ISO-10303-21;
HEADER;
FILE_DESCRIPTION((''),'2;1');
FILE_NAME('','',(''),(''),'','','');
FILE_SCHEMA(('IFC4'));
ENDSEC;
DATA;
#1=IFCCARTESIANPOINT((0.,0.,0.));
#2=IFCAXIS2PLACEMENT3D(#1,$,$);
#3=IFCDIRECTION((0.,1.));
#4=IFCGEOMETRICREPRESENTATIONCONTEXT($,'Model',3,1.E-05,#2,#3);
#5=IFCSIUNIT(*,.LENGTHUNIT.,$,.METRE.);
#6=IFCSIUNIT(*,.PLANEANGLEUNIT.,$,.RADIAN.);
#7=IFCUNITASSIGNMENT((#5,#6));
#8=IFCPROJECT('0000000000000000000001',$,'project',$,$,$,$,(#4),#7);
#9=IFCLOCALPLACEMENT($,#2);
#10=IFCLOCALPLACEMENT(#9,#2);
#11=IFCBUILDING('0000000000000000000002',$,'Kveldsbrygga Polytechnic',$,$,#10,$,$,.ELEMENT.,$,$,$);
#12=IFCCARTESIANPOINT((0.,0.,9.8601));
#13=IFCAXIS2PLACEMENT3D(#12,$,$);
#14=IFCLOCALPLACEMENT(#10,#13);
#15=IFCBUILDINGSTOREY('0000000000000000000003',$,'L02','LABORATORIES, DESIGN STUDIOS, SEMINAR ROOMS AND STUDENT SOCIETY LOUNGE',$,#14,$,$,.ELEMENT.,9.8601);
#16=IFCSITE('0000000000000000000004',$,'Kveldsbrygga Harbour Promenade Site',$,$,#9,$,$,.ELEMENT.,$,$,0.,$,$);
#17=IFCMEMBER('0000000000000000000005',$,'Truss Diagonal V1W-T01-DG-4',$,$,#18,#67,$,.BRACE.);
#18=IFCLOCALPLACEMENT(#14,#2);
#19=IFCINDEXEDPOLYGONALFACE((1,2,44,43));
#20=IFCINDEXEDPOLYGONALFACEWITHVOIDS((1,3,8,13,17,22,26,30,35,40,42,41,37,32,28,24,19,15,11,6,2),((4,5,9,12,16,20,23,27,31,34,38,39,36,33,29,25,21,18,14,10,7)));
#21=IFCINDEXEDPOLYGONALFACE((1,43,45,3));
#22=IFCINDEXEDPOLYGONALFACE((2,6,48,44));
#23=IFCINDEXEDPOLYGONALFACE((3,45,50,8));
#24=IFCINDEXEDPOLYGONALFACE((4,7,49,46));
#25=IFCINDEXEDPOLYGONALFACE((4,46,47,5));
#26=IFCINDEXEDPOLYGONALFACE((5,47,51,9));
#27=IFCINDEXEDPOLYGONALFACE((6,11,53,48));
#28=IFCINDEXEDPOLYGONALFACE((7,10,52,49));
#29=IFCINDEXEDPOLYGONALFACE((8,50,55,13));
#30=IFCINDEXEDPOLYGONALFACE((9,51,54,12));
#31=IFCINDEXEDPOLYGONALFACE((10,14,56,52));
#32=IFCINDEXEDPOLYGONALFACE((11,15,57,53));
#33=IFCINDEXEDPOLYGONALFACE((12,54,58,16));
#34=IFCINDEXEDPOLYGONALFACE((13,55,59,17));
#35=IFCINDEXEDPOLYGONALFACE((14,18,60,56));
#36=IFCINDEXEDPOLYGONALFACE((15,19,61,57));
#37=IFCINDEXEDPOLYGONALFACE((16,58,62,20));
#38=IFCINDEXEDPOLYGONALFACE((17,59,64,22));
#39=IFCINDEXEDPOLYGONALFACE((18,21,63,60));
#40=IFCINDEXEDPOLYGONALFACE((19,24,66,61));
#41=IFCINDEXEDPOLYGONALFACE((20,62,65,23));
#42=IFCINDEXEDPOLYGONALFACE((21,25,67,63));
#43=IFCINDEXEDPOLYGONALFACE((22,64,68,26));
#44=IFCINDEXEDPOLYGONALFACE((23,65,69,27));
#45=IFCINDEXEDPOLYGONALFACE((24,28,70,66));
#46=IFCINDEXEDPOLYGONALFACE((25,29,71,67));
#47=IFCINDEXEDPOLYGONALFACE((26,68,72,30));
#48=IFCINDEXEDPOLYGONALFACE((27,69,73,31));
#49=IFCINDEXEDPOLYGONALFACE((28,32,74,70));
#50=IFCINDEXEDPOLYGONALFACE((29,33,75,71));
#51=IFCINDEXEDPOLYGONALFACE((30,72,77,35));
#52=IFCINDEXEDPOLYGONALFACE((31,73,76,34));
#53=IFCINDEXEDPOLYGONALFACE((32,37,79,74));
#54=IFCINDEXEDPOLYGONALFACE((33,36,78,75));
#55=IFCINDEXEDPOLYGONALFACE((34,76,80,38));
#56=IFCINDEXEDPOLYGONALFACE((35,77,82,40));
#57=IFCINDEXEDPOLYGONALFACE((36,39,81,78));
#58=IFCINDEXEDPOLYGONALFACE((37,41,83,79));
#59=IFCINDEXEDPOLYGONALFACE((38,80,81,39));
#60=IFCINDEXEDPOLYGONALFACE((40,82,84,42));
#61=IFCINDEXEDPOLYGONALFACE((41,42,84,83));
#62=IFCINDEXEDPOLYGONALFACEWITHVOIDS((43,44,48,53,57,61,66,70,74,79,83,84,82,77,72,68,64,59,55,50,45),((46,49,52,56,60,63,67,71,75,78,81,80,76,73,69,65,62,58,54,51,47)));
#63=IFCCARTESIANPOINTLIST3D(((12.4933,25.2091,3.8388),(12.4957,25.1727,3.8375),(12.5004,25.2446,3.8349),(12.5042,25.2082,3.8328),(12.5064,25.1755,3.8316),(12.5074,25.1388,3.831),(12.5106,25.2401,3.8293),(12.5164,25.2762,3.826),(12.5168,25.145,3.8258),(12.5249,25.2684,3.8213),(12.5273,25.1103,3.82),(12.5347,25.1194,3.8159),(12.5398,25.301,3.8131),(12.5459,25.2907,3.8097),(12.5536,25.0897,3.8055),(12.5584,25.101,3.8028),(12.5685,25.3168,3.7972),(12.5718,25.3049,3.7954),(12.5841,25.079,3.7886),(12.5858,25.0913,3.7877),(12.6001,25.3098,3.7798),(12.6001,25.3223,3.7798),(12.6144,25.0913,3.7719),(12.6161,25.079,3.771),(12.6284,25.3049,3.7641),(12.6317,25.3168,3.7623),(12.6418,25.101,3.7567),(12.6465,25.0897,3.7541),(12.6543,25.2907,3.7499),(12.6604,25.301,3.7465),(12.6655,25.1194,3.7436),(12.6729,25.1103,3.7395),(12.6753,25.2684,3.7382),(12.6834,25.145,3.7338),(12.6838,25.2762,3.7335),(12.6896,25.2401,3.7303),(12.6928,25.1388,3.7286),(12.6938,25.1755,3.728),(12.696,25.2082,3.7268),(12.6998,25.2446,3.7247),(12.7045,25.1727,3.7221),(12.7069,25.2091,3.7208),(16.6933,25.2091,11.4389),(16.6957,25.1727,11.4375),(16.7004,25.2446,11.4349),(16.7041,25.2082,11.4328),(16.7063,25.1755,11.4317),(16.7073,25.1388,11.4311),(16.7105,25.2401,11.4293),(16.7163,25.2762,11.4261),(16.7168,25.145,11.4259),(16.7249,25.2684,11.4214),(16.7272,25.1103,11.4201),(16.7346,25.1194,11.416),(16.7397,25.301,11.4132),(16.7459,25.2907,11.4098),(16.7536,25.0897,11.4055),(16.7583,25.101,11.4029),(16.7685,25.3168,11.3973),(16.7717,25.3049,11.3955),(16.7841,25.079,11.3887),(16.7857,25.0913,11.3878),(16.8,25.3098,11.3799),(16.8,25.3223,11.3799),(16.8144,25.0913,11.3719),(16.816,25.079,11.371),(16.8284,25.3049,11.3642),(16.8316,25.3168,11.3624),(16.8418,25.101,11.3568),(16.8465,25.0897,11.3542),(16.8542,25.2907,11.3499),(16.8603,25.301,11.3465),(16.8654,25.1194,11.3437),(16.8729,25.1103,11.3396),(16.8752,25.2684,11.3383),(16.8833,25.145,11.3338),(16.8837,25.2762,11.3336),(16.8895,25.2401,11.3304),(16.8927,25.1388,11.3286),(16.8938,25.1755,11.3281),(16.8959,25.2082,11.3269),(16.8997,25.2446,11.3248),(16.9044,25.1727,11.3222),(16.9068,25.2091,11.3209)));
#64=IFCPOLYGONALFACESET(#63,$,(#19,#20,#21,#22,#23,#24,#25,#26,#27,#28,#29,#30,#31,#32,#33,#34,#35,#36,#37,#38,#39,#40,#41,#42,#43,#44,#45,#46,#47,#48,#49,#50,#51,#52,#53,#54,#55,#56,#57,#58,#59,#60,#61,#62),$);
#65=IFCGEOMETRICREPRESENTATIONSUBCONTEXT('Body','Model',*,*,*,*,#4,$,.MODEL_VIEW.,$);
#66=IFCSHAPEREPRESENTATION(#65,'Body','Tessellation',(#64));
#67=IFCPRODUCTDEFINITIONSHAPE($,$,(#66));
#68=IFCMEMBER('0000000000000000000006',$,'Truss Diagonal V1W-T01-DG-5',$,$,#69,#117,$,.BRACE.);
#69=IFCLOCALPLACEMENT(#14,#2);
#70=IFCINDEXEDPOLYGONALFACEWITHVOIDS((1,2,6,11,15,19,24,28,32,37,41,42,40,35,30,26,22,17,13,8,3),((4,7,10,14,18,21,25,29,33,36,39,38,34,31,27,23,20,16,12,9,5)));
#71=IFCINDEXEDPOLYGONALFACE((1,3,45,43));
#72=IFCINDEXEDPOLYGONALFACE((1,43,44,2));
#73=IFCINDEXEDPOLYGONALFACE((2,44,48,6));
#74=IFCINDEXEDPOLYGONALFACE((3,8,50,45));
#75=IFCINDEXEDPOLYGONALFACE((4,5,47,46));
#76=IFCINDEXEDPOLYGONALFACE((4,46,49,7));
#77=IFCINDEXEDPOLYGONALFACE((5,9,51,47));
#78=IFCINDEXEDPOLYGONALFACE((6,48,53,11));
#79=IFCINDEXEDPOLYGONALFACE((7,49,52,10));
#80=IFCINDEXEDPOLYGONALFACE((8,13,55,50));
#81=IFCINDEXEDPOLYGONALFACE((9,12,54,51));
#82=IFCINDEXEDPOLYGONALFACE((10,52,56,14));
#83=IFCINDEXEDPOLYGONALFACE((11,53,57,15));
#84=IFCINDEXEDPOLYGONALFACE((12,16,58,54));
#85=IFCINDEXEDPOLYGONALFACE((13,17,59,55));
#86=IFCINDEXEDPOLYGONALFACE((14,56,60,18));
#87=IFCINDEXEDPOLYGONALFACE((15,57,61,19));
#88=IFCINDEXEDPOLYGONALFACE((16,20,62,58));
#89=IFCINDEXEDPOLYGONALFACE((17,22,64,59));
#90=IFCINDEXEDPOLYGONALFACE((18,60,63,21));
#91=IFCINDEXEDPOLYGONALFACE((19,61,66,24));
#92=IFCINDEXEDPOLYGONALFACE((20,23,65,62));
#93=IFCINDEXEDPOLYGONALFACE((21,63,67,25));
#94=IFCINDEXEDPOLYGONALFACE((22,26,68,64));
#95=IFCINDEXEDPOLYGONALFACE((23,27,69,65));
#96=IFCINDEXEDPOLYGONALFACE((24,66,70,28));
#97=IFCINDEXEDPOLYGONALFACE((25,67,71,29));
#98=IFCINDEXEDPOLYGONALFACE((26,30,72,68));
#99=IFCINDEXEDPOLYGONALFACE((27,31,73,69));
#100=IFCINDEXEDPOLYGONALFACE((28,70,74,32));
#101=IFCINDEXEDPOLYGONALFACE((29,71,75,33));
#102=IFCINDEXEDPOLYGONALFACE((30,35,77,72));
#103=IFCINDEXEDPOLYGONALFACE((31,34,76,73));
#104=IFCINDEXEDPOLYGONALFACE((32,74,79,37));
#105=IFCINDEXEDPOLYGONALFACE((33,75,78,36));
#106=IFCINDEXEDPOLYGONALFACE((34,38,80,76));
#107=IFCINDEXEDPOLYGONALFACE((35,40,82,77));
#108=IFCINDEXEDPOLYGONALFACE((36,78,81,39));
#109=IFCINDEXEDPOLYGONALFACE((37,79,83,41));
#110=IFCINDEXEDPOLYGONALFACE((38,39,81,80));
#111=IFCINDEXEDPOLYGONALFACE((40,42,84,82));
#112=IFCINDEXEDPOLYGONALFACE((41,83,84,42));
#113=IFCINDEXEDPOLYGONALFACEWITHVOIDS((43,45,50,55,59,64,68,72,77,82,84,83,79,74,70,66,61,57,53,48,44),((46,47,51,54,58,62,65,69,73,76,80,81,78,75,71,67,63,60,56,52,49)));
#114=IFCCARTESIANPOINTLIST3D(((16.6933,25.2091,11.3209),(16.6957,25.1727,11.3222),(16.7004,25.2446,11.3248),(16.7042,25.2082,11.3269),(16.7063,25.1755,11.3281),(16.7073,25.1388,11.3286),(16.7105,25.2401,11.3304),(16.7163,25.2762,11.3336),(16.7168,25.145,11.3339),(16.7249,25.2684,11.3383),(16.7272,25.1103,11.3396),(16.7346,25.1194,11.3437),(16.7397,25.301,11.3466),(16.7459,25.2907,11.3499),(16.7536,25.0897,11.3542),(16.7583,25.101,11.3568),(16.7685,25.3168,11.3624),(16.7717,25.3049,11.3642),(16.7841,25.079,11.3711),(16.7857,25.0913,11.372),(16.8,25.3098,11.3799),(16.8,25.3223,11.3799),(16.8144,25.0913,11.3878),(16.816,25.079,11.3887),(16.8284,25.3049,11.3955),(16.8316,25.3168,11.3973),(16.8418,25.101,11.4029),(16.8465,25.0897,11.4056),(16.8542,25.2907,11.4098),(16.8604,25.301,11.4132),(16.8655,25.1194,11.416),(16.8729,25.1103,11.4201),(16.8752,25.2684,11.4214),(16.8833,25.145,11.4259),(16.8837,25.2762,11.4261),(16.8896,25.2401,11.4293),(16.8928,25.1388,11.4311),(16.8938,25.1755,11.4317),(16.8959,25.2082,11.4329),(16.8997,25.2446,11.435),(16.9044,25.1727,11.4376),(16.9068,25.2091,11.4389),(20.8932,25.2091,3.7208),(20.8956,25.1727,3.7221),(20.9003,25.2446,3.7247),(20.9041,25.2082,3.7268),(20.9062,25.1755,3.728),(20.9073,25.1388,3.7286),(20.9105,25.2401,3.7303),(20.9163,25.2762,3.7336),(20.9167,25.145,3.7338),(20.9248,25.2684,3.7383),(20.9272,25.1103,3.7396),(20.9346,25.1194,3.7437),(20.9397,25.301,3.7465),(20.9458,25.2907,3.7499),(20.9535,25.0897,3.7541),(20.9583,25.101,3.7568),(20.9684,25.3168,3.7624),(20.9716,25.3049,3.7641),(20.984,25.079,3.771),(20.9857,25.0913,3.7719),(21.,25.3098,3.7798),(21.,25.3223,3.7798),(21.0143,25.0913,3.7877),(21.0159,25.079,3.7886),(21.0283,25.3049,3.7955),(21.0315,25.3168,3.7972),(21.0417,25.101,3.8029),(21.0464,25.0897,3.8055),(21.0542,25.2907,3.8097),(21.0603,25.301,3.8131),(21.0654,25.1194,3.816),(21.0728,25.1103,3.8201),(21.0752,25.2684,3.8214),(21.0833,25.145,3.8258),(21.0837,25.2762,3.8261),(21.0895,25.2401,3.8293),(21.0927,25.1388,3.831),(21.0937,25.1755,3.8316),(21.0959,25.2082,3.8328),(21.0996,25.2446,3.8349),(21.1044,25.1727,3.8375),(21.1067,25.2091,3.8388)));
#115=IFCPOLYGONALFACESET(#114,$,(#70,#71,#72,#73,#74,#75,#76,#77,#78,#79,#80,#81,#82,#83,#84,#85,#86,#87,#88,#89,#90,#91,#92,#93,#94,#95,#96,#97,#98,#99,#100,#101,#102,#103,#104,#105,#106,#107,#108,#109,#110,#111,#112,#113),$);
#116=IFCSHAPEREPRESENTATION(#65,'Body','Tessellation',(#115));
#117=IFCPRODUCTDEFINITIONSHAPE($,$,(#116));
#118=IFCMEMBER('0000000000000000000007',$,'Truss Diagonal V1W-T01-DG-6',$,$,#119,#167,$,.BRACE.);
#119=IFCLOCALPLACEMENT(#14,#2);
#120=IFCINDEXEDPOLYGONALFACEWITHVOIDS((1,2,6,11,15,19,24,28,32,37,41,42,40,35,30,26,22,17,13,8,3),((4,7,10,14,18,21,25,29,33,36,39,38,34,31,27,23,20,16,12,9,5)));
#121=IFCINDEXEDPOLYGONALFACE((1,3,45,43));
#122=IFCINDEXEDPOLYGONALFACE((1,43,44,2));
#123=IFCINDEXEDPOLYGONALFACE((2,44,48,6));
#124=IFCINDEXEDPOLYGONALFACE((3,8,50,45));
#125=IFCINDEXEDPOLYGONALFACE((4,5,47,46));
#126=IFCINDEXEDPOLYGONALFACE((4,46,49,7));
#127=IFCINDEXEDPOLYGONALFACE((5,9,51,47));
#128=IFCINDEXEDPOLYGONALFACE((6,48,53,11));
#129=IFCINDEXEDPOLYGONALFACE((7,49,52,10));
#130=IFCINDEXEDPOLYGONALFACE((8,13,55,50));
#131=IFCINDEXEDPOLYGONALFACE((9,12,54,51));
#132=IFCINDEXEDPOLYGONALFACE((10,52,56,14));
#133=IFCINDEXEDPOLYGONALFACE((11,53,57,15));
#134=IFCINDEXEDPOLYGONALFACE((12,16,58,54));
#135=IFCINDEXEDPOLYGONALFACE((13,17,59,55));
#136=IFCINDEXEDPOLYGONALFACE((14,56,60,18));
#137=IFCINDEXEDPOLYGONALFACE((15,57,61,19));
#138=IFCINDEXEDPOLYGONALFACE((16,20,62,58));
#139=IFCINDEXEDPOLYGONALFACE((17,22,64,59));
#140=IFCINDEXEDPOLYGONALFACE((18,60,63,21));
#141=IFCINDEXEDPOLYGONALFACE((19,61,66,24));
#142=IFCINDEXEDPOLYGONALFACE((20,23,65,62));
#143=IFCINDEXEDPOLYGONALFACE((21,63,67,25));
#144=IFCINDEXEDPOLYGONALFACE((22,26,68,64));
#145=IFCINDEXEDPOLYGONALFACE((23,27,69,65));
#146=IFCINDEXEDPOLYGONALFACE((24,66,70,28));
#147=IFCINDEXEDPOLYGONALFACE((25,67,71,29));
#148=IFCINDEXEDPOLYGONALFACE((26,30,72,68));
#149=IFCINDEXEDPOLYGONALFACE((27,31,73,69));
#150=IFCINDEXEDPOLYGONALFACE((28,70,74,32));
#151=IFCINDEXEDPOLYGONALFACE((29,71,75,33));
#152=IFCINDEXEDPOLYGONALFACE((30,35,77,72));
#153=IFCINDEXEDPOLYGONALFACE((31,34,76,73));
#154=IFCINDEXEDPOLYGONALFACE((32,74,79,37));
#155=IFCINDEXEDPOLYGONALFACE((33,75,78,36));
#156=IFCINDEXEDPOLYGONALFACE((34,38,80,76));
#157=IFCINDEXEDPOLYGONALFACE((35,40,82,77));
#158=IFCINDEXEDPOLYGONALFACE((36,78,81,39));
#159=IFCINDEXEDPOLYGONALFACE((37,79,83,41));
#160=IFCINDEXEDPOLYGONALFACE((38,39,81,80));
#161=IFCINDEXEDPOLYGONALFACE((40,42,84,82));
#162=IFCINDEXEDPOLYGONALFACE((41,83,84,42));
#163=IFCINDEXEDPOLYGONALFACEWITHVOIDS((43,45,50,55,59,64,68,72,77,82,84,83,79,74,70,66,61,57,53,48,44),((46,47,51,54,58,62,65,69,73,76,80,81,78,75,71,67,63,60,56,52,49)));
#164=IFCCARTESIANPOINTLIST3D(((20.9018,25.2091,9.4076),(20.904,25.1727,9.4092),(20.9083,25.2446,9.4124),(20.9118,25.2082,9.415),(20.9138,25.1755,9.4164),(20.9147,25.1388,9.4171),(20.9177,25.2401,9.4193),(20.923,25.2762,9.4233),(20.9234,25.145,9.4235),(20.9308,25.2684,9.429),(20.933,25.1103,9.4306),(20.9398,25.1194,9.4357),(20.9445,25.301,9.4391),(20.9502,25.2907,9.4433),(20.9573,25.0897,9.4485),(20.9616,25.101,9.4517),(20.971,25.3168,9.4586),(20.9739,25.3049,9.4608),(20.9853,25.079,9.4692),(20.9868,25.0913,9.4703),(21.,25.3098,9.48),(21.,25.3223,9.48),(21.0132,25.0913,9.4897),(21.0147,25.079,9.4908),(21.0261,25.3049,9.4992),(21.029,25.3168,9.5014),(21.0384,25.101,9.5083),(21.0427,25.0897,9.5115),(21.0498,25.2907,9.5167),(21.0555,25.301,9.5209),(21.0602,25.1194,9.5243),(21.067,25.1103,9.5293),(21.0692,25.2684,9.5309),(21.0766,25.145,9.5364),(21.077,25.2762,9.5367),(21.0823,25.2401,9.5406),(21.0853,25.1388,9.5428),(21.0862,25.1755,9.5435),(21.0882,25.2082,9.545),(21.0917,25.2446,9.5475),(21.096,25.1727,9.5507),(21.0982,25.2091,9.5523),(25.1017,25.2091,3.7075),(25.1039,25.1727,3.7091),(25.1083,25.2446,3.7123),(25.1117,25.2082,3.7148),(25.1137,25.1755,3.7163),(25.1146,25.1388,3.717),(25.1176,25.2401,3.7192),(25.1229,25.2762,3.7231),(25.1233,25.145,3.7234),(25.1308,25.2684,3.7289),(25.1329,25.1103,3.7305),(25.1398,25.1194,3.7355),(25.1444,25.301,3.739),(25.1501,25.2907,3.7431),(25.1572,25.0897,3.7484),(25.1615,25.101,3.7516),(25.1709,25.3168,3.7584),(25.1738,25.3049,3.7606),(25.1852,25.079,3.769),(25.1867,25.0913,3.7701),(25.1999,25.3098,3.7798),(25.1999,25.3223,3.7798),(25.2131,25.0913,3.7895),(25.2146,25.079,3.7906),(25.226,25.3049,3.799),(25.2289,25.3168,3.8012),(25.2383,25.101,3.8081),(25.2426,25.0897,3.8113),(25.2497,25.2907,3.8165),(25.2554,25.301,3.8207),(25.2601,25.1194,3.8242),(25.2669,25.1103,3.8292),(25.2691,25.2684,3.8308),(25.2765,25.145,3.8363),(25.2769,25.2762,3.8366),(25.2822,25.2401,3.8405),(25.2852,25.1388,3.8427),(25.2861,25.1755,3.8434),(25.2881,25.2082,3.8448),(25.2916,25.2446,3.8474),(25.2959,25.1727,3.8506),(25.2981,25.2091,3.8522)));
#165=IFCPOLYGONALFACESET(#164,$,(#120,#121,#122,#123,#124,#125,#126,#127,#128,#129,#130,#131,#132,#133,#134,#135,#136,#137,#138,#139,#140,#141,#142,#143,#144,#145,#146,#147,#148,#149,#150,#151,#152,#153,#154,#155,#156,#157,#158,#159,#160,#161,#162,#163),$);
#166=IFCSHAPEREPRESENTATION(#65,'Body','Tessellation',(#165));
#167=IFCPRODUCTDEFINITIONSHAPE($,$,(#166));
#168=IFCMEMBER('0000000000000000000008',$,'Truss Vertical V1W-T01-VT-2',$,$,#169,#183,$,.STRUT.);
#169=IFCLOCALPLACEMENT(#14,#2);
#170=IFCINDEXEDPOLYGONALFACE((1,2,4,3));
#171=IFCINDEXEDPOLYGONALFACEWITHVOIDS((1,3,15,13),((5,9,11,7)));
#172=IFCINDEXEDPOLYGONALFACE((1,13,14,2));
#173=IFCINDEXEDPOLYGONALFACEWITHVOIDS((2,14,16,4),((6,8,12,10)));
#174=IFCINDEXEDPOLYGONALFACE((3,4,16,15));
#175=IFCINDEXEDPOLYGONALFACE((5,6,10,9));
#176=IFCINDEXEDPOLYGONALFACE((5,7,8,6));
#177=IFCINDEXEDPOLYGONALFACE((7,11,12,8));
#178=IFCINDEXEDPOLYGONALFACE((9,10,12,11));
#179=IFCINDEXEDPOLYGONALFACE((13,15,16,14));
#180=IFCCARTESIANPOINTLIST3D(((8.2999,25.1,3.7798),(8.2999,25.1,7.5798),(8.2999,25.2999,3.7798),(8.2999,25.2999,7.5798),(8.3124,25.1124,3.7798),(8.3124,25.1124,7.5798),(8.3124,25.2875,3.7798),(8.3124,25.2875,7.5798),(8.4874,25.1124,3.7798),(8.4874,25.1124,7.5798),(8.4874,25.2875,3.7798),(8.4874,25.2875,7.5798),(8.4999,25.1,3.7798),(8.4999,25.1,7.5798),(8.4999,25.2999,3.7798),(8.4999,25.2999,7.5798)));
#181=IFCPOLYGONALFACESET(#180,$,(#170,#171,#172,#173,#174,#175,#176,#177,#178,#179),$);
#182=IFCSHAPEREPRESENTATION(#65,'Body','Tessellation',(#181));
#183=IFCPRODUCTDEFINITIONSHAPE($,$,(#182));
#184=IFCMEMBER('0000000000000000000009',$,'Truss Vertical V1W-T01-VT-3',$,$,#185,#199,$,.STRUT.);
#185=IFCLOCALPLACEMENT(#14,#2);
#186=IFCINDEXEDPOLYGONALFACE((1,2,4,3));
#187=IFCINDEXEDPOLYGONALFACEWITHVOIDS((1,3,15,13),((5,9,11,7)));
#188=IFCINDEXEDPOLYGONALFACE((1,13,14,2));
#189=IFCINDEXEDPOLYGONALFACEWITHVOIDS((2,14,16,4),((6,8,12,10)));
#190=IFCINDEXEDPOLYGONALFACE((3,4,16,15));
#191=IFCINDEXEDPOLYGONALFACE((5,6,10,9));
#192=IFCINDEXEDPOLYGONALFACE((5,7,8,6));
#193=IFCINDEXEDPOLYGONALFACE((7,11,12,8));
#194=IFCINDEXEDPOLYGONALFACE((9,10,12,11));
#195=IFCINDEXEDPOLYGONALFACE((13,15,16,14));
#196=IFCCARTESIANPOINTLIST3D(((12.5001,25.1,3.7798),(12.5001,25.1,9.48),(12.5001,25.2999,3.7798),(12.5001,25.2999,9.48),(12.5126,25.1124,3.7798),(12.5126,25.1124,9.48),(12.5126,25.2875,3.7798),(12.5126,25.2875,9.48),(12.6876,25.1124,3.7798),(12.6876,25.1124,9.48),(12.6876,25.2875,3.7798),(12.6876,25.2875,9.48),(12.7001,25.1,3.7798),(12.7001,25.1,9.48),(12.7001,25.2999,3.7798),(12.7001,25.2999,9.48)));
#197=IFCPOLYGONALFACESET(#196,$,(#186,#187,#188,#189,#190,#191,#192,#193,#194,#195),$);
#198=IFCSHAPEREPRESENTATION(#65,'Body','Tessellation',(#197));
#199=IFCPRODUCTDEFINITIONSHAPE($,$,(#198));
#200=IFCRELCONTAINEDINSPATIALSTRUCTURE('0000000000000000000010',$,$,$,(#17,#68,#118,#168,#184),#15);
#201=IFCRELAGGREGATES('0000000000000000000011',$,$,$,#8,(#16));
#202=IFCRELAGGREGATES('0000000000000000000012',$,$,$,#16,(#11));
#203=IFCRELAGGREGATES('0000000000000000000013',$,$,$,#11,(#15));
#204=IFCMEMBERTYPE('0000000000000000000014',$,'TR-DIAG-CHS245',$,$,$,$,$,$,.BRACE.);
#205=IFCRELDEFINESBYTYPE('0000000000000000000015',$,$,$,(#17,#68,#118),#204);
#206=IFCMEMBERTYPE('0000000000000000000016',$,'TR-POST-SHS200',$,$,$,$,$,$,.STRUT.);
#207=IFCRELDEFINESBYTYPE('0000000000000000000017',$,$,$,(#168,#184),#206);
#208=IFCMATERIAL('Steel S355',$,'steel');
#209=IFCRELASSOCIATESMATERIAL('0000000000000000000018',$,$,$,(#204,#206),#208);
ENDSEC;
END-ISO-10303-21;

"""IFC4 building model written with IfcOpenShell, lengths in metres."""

from ifc_helpers import new_model, si_unit, direction, frame, origin, origin_2d, place, context, subcontext, project, spatial, hollow_rectangle, hollow_circle, extrude, material, material_profile, profile_set, type_object, element, save


model = new_model("IFC4")

# Units and contexts
model_context = context("Model", 3, precision=1e-05, world=origin(), true_north=direction((0.0, 1.0)))
body_context = subcontext(model_context, "Body", "Model", "MODEL_VIEW")
ifc_project = project(units=[si_unit("LENGTHUNIT", "METRE"), si_unit("PLANEANGLEUNIT", "RADIAN")], contexts=[model_context])

# Site, building, storey
site_placement = place(None, origin())
site = spatial("IfcSite", under=ifc_project, at=site_placement, Name="Kveldsbrygga Harbour Promenade Site", CompositionType="ELEMENT", RefElevation=0.0)
building_placement = place(site_placement, origin())
building = spatial("IfcBuilding", under=site, at=building_placement, Name="Kveldsbrygga Polytechnic", CompositionType="ELEMENT")
storey_placement = place(building_placement, frame((0.0, 0.0, 9.8601)))
storey = spatial("IfcBuildingStorey", under=building, at=storey_placement, Name="L02", Description="LABORATORIES, DESIGN STUDIOS, SEMINAR ROOMS AND STUDENT SOCIETY LOUNGE", CompositionType="ELEMENT", Elevation=9.8601)

# Members
ifc_material_1 = material(Name="Steel S355", Category="steel")
ifc_material_profile_1 = material_profile(ifc_material_1, hollow_circle(Radius=0.1223, WallThickness=0.0125, at=origin_2d()), Name="CHS 244.5x12.5")
ifc_profile_set_1 = profile_set([ifc_material_profile_1], Name="Steel S355")
member_type_1 = type_object("IfcMemberType", Name="TR-DIAG-CHS245", PredefinedType="BRACE", material=ifc_profile_set_1)
for number, where, z_axis, x_axis, name in (
    (1, (12.6001, 25.2, 3.7798), (0.483677, 0.0, 0.875247), (0.0, 1.0, 0.0), "Truss Diagonal V1W-T01-DG-4"),
    (2, (16.8, 25.2, 11.3799), (0.483677, 0.0, -0.875247), (0.0, 1.0, 0.0), "Truss Diagonal V1W-T01-DG-5"),
):
    element("IfcMember", number, at=place(storey_placement, frame(where, z_axis=z_axis, x_axis=x_axis)), inside=storey, type_object=member_type_1, Name=name, PredefinedType="BRACE", context=body_context, shape_type="SweptSolid", body=[
        extrude(hollow_circle(Radius=0.1223, WallThickness=0.0125, at=origin_2d()), origin(), (0.0, 0.0, 1.0), 8.6833),
    ])
member_1_placement = place(storey_placement, frame((21.0, 25.2, 9.48), z_axis=(0.593181, 0.0, -0.805069), x_axis=(0.0, 1.0, 0.0)))
element("IfcMember", 3, at=member_1_placement, inside=storey, type_object=member_type_1, Name="Truss Diagonal V1W-T01-DG-6", PredefinedType="BRACE", context=body_context, shape_type="SweptSolid", body=[
    extrude(hollow_circle(Radius=0.1223, WallThickness=0.0125, at=origin_2d()), origin(), (0.0, 0.0, 1.0), 7.0803),
])
ifc_material_profile_2 = material_profile(ifc_material_1, hollow_rectangle(XDim=0.2, YDim=0.2, WallThickness=0.0125, at=origin_2d()), Name="SHS 200x200x12.5")
ifc_profile_set_2 = profile_set([ifc_material_profile_2], Name="Steel S355")
member_type_2 = type_object("IfcMemberType", Name="TR-POST-SHS200", PredefinedType="STRUT", material=ifc_profile_set_2)
member_2_placement = place(storey_placement, frame((8.3999, 25.2, 3.7798), z_axis=(0.0, 0.0, 1.0), x_axis=(1.0, 0.0, 0.0)))
element("IfcMember", 4, at=member_2_placement, inside=storey, type_object=member_type_2, Name="Truss Vertical V1W-T01-VT-2", PredefinedType="STRUT", context=body_context, shape_type="SweptSolid", body=[
    extrude(hollow_rectangle(XDim=0.2, YDim=0.2, WallThickness=0.0125, at=origin_2d()), origin(), (0.0, 0.0, 1.0), 3.8),
])
member_3_placement = place(storey_placement, frame((12.6001, 25.2, 3.7798), z_axis=(0.0, 0.0, 1.0), x_axis=(1.0, 0.0, 0.0)))
element("IfcMember", 5, at=member_3_placement, inside=storey, type_object=member_type_2, Name="Truss Vertical V1W-T01-VT-3", PredefinedType="STRUT", context=body_context, shape_type="SweptSolid", body=[
    extrude(hollow_rectangle(XDim=0.2, YDim=0.2, WallThickness=0.0125, at=origin_2d()), origin(), (0.0, 0.0, 1.0), 5.7002),
])

save(model, "model.ifc")
